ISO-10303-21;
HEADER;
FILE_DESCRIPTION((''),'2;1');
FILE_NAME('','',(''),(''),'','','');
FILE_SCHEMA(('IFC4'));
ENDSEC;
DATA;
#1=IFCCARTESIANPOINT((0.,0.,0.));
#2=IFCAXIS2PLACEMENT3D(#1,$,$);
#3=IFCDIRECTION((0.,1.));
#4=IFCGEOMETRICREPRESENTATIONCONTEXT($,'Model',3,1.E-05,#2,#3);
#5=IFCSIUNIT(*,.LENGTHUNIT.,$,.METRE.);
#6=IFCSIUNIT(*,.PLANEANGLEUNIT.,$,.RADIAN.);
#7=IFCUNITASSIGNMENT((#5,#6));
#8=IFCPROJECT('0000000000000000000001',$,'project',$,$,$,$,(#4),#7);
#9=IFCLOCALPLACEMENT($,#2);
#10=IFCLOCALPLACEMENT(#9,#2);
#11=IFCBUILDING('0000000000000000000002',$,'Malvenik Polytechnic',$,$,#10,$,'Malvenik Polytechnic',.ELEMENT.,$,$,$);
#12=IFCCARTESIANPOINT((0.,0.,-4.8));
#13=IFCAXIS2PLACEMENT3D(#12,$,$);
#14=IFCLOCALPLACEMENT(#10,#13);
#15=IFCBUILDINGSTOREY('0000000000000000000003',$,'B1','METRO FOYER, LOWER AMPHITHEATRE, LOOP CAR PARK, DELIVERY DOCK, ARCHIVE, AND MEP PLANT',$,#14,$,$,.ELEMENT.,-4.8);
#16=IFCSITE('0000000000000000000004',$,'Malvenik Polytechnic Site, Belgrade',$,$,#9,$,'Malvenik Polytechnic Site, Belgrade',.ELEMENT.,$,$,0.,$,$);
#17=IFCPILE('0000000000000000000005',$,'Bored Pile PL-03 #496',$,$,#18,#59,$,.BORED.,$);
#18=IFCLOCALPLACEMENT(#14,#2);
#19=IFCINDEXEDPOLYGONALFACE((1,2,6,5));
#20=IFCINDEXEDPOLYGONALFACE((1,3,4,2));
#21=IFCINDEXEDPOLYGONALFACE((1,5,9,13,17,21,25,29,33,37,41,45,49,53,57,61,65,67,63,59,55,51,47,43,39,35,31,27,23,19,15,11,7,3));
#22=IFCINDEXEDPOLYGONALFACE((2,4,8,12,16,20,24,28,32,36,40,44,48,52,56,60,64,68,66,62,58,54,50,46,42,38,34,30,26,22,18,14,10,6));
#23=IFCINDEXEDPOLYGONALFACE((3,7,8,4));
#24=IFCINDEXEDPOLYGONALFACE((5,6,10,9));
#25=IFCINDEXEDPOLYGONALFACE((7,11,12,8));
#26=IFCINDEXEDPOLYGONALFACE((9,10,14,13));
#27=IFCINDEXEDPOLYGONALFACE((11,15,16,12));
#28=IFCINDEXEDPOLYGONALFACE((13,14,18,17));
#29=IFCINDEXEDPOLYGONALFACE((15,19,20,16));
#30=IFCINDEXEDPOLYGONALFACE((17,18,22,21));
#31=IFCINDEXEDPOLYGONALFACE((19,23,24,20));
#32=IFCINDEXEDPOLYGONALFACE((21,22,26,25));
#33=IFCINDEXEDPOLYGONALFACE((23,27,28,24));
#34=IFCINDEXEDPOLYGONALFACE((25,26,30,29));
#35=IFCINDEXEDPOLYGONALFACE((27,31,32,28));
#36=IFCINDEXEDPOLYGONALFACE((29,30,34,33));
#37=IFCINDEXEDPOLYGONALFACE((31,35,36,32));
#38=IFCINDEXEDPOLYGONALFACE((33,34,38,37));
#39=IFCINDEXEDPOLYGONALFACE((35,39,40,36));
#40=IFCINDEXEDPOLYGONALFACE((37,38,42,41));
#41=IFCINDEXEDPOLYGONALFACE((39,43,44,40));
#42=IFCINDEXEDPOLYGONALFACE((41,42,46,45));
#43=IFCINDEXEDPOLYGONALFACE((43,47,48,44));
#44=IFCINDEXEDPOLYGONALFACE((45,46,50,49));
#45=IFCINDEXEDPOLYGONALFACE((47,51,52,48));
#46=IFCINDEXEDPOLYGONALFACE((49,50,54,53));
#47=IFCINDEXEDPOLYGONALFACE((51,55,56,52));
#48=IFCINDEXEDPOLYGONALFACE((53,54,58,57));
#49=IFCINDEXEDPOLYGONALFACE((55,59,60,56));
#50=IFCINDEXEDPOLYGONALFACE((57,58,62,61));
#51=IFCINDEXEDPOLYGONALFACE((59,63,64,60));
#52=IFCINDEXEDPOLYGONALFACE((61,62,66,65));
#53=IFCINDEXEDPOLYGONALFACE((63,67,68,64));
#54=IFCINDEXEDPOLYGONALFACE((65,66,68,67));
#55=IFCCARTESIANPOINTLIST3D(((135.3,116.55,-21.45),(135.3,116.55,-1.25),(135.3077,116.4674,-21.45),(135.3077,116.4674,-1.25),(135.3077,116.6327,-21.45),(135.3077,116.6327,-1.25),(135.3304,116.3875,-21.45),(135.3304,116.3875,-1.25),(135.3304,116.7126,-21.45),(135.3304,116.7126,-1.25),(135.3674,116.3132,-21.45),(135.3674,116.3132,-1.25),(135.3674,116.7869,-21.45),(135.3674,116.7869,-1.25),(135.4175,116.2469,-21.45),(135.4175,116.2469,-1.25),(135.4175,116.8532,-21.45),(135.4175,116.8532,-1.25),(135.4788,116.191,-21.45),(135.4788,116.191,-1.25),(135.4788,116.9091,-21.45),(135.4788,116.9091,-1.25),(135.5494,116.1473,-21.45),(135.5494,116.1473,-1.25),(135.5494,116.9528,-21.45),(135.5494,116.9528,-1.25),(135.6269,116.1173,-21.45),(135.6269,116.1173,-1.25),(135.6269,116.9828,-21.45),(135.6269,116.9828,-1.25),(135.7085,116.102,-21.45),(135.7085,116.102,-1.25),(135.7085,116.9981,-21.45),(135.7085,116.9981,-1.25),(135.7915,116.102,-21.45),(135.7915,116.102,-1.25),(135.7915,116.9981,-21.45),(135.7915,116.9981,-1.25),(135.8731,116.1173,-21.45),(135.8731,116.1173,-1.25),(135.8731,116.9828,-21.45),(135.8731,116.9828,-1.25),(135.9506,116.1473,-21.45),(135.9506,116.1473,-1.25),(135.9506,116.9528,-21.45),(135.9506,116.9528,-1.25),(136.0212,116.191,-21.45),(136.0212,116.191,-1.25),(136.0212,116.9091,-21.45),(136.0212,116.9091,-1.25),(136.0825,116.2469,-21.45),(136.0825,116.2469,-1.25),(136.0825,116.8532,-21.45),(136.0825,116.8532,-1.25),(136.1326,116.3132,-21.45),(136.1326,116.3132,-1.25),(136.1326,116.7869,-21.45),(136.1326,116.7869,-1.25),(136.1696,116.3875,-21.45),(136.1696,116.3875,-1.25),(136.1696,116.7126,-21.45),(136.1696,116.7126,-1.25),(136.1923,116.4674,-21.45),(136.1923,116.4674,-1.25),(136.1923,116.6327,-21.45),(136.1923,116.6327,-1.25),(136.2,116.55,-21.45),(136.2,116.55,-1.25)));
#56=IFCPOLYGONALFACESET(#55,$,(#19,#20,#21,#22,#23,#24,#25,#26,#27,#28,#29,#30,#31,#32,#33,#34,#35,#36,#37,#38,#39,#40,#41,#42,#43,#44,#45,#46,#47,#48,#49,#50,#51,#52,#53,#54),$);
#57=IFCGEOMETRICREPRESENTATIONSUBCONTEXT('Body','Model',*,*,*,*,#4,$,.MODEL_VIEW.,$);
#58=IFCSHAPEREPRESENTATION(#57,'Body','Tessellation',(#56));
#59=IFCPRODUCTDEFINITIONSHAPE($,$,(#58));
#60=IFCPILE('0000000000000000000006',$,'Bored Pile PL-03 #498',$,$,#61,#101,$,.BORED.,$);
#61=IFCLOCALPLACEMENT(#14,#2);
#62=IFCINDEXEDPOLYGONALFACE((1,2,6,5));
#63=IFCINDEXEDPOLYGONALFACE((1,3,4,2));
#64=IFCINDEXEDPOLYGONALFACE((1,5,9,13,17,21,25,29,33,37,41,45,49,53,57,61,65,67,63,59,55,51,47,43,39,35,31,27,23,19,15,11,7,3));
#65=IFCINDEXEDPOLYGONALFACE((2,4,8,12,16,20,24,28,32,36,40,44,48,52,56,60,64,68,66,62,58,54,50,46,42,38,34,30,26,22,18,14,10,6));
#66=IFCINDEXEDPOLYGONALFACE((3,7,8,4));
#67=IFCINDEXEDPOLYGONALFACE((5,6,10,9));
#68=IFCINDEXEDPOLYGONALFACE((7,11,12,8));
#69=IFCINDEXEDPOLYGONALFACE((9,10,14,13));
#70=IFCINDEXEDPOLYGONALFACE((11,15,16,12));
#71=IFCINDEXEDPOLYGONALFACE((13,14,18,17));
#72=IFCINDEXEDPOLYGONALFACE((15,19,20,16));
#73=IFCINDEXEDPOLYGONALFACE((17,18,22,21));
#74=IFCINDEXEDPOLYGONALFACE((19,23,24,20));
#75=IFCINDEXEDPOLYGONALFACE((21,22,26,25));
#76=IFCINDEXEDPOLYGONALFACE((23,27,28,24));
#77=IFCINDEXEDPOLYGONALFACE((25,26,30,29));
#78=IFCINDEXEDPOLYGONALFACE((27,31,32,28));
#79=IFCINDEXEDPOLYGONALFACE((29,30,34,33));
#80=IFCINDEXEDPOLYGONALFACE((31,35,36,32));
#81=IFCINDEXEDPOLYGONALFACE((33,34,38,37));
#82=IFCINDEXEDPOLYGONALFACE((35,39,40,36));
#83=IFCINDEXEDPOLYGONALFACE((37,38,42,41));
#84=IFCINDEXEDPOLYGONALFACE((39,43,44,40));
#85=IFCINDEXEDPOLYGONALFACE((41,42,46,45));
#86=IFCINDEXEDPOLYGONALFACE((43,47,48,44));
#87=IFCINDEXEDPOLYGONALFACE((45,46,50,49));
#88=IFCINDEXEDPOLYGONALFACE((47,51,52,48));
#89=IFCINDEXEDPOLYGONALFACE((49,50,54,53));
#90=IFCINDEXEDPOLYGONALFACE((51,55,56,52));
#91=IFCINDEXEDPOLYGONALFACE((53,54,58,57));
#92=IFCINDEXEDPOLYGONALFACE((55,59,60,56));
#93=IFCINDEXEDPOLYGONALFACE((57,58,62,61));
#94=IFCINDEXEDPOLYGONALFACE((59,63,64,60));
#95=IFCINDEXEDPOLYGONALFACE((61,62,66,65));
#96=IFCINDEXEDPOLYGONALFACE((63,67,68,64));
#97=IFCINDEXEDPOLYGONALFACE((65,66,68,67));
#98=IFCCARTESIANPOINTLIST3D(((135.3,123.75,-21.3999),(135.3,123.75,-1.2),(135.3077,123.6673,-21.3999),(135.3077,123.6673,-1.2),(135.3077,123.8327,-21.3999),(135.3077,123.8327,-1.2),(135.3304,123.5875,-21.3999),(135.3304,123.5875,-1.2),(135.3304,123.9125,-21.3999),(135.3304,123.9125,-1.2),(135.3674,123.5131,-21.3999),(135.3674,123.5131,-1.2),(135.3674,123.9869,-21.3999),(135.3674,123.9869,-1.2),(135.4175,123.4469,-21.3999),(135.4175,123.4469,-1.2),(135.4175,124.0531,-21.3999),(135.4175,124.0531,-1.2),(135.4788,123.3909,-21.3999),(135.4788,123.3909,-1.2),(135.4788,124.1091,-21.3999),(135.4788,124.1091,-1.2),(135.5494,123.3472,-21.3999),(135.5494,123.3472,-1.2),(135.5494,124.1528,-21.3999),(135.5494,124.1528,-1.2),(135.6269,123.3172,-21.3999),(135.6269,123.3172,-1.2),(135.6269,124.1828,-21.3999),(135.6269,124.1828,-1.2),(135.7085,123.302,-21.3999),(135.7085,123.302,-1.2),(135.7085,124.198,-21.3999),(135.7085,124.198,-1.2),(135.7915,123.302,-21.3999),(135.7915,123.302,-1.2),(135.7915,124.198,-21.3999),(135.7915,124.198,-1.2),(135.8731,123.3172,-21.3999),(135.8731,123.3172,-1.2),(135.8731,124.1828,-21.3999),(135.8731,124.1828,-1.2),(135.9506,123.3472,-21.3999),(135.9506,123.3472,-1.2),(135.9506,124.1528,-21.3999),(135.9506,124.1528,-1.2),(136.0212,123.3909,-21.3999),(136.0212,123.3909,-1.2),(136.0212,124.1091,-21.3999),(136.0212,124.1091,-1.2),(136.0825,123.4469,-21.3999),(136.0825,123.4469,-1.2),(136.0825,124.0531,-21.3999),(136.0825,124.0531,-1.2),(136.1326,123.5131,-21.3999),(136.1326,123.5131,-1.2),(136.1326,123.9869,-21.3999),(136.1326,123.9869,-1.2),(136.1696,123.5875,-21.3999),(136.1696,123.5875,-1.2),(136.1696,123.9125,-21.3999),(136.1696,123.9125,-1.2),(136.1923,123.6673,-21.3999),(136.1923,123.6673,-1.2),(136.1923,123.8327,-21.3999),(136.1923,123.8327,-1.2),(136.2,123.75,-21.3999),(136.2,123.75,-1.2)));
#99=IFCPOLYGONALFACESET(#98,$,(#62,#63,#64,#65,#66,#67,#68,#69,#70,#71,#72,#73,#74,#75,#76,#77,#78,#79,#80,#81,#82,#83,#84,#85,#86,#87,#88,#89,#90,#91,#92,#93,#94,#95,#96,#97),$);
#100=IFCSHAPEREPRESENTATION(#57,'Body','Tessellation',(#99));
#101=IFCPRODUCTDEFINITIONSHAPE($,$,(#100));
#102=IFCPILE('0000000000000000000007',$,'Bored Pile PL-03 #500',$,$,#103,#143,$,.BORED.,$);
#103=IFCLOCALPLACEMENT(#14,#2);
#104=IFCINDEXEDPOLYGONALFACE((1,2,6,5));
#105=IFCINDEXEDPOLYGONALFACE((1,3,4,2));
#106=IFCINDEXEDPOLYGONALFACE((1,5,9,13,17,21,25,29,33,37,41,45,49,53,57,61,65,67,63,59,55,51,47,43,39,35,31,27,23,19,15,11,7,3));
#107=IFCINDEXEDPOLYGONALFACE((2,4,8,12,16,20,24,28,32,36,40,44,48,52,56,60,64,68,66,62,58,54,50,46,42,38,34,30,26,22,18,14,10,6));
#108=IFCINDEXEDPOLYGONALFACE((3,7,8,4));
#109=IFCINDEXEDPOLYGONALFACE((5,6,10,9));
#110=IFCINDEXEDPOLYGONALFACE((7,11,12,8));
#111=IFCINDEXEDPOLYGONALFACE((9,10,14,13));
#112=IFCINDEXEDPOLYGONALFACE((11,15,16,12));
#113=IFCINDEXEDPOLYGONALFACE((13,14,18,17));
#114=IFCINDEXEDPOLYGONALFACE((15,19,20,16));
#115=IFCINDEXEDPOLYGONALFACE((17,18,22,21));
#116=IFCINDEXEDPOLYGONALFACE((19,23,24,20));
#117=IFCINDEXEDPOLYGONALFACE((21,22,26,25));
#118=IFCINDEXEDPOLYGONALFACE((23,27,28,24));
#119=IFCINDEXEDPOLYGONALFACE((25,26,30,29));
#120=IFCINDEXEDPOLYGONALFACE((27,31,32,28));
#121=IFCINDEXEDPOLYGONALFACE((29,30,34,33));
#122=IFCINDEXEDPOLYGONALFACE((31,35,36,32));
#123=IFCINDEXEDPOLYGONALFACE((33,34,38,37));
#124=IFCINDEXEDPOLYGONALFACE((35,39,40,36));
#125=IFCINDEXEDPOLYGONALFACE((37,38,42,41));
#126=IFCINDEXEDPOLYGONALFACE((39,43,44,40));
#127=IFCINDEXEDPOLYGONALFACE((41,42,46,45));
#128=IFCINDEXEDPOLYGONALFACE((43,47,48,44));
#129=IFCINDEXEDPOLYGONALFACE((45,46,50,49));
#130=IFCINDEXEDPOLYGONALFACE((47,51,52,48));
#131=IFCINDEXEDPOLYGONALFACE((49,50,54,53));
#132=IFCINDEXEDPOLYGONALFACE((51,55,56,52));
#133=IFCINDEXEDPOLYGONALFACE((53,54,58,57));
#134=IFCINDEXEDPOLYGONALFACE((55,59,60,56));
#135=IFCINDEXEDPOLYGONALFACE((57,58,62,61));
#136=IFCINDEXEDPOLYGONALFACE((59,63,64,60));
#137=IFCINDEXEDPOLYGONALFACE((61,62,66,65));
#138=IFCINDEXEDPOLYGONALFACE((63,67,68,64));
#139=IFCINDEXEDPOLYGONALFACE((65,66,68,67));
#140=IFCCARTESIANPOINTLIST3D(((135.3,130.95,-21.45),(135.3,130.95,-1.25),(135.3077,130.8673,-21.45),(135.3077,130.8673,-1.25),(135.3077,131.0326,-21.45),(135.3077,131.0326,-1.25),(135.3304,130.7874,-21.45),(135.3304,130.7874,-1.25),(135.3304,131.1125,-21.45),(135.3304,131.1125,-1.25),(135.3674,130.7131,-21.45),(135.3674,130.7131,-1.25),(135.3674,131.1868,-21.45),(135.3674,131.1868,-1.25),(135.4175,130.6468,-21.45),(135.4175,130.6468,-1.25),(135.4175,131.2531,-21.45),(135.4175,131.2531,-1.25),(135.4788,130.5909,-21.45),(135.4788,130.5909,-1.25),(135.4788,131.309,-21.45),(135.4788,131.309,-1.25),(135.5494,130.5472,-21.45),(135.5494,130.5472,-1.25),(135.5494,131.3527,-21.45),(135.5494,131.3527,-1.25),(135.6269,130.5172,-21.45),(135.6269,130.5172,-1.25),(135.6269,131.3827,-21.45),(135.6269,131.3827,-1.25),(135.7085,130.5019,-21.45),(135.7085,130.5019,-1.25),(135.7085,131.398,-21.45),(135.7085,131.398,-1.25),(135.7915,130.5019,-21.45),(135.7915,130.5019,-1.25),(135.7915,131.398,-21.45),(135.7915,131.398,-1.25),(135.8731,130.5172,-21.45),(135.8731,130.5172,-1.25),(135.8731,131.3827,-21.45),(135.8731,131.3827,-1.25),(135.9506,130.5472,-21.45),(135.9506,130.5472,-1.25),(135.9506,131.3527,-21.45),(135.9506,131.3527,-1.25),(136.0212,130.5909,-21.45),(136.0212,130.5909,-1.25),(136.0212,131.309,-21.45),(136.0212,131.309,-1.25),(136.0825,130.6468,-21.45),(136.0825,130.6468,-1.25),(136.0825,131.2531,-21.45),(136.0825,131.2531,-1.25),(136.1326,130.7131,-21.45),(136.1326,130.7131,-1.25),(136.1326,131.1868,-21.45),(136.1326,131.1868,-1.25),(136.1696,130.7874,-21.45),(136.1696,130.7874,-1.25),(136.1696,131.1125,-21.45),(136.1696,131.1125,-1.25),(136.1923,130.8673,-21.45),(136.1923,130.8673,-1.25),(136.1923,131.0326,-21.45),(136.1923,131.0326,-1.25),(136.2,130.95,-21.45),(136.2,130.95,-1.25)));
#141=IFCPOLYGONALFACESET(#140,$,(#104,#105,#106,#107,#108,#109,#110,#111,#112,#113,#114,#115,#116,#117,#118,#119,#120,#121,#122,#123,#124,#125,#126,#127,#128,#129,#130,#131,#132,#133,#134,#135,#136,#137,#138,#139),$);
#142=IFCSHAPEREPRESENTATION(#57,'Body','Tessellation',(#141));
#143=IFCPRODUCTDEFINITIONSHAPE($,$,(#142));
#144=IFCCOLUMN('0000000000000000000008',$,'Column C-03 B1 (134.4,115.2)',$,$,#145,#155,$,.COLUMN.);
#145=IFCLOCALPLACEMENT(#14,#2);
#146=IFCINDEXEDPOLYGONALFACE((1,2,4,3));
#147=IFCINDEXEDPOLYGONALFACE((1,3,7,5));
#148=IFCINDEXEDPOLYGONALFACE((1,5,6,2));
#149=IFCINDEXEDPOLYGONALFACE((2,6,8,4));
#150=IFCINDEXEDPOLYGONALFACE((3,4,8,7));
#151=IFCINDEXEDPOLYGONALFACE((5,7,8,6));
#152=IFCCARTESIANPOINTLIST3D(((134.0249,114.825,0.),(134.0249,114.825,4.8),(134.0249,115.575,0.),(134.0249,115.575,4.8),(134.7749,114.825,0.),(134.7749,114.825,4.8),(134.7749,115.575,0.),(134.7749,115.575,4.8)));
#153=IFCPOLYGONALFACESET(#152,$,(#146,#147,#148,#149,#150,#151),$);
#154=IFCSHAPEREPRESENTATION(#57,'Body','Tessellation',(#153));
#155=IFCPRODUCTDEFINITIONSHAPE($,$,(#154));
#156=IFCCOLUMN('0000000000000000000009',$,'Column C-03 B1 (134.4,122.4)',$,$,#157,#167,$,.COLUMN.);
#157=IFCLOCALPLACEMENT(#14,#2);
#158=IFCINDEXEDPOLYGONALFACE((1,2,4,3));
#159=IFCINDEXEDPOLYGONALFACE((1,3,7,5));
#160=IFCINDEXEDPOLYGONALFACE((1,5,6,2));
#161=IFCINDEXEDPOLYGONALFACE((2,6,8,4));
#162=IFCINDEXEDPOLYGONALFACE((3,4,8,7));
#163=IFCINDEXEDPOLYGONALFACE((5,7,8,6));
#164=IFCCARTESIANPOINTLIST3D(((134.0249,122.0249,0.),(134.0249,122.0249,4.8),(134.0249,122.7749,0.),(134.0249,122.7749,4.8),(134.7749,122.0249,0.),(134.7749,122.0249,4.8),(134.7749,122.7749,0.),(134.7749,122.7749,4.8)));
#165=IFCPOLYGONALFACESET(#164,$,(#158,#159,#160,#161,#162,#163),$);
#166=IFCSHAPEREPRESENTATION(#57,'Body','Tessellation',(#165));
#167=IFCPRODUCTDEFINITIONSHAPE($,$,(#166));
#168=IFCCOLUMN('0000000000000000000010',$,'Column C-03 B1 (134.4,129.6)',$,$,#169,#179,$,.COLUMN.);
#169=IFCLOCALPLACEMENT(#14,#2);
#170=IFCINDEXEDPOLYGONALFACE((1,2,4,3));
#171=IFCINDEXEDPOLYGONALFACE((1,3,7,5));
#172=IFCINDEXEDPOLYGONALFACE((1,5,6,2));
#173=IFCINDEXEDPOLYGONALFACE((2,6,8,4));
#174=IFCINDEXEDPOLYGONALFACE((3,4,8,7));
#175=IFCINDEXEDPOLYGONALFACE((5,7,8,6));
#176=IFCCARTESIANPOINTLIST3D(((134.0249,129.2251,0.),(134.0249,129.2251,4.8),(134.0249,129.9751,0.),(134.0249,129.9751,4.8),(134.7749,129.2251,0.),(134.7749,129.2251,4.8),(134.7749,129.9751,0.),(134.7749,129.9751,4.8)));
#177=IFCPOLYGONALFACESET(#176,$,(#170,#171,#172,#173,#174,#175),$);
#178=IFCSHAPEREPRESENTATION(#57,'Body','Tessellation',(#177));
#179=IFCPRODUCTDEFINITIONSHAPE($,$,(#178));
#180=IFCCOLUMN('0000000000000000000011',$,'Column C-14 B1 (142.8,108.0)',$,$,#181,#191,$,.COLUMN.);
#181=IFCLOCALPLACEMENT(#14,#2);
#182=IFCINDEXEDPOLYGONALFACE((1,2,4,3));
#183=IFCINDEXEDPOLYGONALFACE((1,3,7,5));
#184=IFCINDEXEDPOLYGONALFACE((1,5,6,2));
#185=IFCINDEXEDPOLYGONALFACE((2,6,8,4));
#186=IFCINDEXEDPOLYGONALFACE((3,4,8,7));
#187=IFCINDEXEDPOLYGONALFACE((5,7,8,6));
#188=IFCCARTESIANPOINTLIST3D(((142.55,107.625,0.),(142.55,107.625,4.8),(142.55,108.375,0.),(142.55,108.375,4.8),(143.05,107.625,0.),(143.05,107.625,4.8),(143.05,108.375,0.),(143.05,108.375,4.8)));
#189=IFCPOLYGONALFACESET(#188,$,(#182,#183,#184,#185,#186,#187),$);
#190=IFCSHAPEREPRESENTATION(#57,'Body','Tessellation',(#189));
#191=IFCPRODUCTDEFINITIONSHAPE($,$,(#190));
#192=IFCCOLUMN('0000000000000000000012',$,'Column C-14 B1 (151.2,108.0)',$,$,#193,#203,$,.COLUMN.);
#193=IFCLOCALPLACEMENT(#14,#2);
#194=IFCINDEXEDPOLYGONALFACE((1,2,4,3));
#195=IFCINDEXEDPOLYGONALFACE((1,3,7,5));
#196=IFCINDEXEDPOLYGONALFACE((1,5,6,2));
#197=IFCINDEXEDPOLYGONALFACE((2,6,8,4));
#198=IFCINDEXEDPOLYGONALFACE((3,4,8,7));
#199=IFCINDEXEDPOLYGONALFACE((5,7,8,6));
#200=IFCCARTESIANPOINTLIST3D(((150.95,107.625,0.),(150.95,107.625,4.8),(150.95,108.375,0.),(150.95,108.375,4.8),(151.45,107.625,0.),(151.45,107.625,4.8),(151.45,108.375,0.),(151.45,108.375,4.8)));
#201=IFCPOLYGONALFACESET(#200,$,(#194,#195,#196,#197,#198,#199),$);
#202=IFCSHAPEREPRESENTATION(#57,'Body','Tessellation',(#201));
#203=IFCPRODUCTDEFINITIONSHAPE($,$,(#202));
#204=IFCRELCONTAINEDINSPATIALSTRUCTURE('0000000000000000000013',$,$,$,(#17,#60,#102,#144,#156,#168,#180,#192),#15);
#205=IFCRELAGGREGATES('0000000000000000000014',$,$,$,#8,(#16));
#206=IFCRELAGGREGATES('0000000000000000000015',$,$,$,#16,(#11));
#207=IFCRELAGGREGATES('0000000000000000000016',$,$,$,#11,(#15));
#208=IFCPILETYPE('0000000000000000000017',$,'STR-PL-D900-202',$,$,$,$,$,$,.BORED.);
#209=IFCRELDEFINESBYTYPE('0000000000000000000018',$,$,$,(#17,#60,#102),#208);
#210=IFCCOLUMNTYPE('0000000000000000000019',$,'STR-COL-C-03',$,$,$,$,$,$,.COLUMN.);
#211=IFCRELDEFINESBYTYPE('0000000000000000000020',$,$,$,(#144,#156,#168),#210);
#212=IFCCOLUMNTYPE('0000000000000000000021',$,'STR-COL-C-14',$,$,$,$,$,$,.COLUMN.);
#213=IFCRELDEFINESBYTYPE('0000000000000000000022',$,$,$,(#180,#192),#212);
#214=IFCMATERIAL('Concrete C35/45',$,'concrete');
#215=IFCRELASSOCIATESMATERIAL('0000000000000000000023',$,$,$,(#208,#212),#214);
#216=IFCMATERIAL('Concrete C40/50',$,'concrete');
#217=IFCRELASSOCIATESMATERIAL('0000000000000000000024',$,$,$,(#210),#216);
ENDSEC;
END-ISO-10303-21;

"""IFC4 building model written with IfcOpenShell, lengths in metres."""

from ifc_helpers import new_model, si_unit, direction, frame, origin, origin_2d, place, context, subcontext, project, spatial, rectangle, circle, extrude, material, material_profile, profile_set, type_object, element, save


model = new_model("IFC4")

# Units and contexts
model_context = context("Model", 3, precision=1e-05, world=origin(), true_north=direction((0.0, 1.0)))
body_context = subcontext(model_context, "Body", "Model", "MODEL_VIEW")
ifc_project = project(units=[si_unit("LENGTHUNIT", "METRE"), si_unit("PLANEANGLEUNIT", "RADIAN")], contexts=[model_context])

# Site, building, storey
site_placement = place(None, origin())
site = spatial("IfcSite", under=ifc_project, at=site_placement, Name="Malvenik Polytechnic Site, Belgrade", LongName="Malvenik Polytechnic Site, Belgrade", CompositionType="ELEMENT", RefElevation=0.0)
building_placement = place(site_placement, origin())
building = spatial("IfcBuilding", under=site, at=building_placement, Name="Malvenik Polytechnic", LongName="Malvenik Polytechnic", CompositionType="ELEMENT")
storey_placement = place(building_placement, frame((0.0, 0.0, -4.8)))
storey = spatial("IfcBuildingStorey", under=building, at=storey_placement, Name="B1", Description="METRO FOYER, LOWER AMPHITHEATRE, LOOP CAR PARK, DELIVERY DOCK, ARCHIVE, AND MEP PLANT", CompositionType="ELEMENT", Elevation=-4.8)

# Shared definitions
ifc_material_1 = material(Name="Concrete C35/45", Category="concrete")

# Piles
ifc_material_profile_1 = material_profile(ifc_material_1, circle(Radius=0.45, at=origin_2d()), Name="BORED PILE D900")
ifc_profile_set_1 = profile_set([ifc_material_profile_1], Name="Concrete C35/45")
pile_type_1 = type_object("IfcPileType", Name="STR-PL-D900-202", PredefinedType="BORED", material=ifc_profile_set_1)
for number, where, z_axis, x_axis, name in (
    (1, (135.75, 116.55, -1.25), (0.0, 0.0, -1.0), (1.0, 0.0, 0.0), "Bored Pile PL-03 #496"),
    (2, (135.75, 123.75, -1.2), (0.0, 0.0, -1.0), (1.0, 0.0, 0.0), "Bored Pile PL-03 #498"),
    (3, (135.75, 130.95, -1.25), (0.0, 0.0, -1.0), (1.0, 0.0, 0.0), "Bored Pile PL-03 #500"),
):
    element("IfcPile", number, at=place(storey_placement, frame(where, z_axis=z_axis, x_axis=x_axis)), inside=storey, type_object=pile_type_1, Name=name, PredefinedType="BORED", context=body_context, shape_type="SweptSolid", body=[
        extrude(circle(Radius=0.45, at=origin_2d()), origin(), (0.0, 0.0, 1.0), 20.2),
    ])

# Columns
ifc_material_2 = material(Name="Concrete C40/50", Category="concrete")
ifc_material_profile_2 = material_profile(ifc_material_2, rectangle(XDim=0.75, YDim=0.75, at=origin_2d()), Name="RC COL 750x750")
ifc_profile_set_2 = profile_set([ifc_material_profile_2], Name="Concrete C40/50")
column_type_1 = type_object("IfcColumnType", Name="STR-COL-C-03", PredefinedType="COLUMN", material=ifc_profile_set_2)
for number, where, z_axis, x_axis, name in (
    (4, (134.3999, 115.2, 0.0), (0.0, 0.0, 1.0), (1.0, 0.0, 0.0), "Column C-03 B1 (134.4,115.2)"),
    (5, (134.3999, 122.3999, 0.0), (0.0, 0.0, 1.0), (1.0, 0.0, 0.0), "Column C-03 B1 (134.4,122.4)"),
    (6, (134.3999, 129.6001, 0.0), (0.0, 0.0, 1.0), (1.0, 0.0, 0.0), "Column C-03 B1 (134.4,129.6)"),
):
    element("IfcColumn", number, at=place(storey_placement, frame(where, z_axis=z_axis, x_axis=x_axis)), inside=storey, type_object=column_type_1, Name=name, PredefinedType="COLUMN", context=body_context, shape_type="SweptSolid", body=[
        extrude(rectangle(XDim=0.75, YDim=0.75, at=origin_2d()), origin(), (0.0, 0.0, 1.0), 4.8),
    ])
ifc_material_profile_3 = material_profile(ifc_material_1, rectangle(XDim=0.5, YDim=0.75, at=origin_2d()), Name="RC COL 750x500")
ifc_profile_set_3 = profile_set([ifc_material_profile_3], Name="Concrete C35/45")
column_type_2 = type_object("IfcColumnType", Name="STR-COL-C-14", PredefinedType="COLUMN", material=ifc_profile_set_3)
for number, where, z_axis, x_axis, name in (
    (7, (142.8, 108.0, 0.0), (0.0, 0.0, 1.0), (1.0, 0.0, 0.0), "Column C-14 B1 (142.8,108.0)"),
    (8, (151.2, 108.0, 0.0), (0.0, 0.0, 1.0), (1.0, 0.0, 0.0), "Column C-14 B1 (151.2,108.0)"),
):
    element("IfcColumn", number, at=place(storey_placement, frame(where, z_axis=z_axis, x_axis=x_axis)), inside=storey, type_object=column_type_2, Name=name, PredefinedType="COLUMN", context=body_context, shape_type="SweptSolid", body=[
        extrude(rectangle(XDim=0.5, YDim=0.75, at=origin_2d()), origin(), (0.0, 0.0, 1.0), 4.8),
    ])

save(model, "model.ifc")
